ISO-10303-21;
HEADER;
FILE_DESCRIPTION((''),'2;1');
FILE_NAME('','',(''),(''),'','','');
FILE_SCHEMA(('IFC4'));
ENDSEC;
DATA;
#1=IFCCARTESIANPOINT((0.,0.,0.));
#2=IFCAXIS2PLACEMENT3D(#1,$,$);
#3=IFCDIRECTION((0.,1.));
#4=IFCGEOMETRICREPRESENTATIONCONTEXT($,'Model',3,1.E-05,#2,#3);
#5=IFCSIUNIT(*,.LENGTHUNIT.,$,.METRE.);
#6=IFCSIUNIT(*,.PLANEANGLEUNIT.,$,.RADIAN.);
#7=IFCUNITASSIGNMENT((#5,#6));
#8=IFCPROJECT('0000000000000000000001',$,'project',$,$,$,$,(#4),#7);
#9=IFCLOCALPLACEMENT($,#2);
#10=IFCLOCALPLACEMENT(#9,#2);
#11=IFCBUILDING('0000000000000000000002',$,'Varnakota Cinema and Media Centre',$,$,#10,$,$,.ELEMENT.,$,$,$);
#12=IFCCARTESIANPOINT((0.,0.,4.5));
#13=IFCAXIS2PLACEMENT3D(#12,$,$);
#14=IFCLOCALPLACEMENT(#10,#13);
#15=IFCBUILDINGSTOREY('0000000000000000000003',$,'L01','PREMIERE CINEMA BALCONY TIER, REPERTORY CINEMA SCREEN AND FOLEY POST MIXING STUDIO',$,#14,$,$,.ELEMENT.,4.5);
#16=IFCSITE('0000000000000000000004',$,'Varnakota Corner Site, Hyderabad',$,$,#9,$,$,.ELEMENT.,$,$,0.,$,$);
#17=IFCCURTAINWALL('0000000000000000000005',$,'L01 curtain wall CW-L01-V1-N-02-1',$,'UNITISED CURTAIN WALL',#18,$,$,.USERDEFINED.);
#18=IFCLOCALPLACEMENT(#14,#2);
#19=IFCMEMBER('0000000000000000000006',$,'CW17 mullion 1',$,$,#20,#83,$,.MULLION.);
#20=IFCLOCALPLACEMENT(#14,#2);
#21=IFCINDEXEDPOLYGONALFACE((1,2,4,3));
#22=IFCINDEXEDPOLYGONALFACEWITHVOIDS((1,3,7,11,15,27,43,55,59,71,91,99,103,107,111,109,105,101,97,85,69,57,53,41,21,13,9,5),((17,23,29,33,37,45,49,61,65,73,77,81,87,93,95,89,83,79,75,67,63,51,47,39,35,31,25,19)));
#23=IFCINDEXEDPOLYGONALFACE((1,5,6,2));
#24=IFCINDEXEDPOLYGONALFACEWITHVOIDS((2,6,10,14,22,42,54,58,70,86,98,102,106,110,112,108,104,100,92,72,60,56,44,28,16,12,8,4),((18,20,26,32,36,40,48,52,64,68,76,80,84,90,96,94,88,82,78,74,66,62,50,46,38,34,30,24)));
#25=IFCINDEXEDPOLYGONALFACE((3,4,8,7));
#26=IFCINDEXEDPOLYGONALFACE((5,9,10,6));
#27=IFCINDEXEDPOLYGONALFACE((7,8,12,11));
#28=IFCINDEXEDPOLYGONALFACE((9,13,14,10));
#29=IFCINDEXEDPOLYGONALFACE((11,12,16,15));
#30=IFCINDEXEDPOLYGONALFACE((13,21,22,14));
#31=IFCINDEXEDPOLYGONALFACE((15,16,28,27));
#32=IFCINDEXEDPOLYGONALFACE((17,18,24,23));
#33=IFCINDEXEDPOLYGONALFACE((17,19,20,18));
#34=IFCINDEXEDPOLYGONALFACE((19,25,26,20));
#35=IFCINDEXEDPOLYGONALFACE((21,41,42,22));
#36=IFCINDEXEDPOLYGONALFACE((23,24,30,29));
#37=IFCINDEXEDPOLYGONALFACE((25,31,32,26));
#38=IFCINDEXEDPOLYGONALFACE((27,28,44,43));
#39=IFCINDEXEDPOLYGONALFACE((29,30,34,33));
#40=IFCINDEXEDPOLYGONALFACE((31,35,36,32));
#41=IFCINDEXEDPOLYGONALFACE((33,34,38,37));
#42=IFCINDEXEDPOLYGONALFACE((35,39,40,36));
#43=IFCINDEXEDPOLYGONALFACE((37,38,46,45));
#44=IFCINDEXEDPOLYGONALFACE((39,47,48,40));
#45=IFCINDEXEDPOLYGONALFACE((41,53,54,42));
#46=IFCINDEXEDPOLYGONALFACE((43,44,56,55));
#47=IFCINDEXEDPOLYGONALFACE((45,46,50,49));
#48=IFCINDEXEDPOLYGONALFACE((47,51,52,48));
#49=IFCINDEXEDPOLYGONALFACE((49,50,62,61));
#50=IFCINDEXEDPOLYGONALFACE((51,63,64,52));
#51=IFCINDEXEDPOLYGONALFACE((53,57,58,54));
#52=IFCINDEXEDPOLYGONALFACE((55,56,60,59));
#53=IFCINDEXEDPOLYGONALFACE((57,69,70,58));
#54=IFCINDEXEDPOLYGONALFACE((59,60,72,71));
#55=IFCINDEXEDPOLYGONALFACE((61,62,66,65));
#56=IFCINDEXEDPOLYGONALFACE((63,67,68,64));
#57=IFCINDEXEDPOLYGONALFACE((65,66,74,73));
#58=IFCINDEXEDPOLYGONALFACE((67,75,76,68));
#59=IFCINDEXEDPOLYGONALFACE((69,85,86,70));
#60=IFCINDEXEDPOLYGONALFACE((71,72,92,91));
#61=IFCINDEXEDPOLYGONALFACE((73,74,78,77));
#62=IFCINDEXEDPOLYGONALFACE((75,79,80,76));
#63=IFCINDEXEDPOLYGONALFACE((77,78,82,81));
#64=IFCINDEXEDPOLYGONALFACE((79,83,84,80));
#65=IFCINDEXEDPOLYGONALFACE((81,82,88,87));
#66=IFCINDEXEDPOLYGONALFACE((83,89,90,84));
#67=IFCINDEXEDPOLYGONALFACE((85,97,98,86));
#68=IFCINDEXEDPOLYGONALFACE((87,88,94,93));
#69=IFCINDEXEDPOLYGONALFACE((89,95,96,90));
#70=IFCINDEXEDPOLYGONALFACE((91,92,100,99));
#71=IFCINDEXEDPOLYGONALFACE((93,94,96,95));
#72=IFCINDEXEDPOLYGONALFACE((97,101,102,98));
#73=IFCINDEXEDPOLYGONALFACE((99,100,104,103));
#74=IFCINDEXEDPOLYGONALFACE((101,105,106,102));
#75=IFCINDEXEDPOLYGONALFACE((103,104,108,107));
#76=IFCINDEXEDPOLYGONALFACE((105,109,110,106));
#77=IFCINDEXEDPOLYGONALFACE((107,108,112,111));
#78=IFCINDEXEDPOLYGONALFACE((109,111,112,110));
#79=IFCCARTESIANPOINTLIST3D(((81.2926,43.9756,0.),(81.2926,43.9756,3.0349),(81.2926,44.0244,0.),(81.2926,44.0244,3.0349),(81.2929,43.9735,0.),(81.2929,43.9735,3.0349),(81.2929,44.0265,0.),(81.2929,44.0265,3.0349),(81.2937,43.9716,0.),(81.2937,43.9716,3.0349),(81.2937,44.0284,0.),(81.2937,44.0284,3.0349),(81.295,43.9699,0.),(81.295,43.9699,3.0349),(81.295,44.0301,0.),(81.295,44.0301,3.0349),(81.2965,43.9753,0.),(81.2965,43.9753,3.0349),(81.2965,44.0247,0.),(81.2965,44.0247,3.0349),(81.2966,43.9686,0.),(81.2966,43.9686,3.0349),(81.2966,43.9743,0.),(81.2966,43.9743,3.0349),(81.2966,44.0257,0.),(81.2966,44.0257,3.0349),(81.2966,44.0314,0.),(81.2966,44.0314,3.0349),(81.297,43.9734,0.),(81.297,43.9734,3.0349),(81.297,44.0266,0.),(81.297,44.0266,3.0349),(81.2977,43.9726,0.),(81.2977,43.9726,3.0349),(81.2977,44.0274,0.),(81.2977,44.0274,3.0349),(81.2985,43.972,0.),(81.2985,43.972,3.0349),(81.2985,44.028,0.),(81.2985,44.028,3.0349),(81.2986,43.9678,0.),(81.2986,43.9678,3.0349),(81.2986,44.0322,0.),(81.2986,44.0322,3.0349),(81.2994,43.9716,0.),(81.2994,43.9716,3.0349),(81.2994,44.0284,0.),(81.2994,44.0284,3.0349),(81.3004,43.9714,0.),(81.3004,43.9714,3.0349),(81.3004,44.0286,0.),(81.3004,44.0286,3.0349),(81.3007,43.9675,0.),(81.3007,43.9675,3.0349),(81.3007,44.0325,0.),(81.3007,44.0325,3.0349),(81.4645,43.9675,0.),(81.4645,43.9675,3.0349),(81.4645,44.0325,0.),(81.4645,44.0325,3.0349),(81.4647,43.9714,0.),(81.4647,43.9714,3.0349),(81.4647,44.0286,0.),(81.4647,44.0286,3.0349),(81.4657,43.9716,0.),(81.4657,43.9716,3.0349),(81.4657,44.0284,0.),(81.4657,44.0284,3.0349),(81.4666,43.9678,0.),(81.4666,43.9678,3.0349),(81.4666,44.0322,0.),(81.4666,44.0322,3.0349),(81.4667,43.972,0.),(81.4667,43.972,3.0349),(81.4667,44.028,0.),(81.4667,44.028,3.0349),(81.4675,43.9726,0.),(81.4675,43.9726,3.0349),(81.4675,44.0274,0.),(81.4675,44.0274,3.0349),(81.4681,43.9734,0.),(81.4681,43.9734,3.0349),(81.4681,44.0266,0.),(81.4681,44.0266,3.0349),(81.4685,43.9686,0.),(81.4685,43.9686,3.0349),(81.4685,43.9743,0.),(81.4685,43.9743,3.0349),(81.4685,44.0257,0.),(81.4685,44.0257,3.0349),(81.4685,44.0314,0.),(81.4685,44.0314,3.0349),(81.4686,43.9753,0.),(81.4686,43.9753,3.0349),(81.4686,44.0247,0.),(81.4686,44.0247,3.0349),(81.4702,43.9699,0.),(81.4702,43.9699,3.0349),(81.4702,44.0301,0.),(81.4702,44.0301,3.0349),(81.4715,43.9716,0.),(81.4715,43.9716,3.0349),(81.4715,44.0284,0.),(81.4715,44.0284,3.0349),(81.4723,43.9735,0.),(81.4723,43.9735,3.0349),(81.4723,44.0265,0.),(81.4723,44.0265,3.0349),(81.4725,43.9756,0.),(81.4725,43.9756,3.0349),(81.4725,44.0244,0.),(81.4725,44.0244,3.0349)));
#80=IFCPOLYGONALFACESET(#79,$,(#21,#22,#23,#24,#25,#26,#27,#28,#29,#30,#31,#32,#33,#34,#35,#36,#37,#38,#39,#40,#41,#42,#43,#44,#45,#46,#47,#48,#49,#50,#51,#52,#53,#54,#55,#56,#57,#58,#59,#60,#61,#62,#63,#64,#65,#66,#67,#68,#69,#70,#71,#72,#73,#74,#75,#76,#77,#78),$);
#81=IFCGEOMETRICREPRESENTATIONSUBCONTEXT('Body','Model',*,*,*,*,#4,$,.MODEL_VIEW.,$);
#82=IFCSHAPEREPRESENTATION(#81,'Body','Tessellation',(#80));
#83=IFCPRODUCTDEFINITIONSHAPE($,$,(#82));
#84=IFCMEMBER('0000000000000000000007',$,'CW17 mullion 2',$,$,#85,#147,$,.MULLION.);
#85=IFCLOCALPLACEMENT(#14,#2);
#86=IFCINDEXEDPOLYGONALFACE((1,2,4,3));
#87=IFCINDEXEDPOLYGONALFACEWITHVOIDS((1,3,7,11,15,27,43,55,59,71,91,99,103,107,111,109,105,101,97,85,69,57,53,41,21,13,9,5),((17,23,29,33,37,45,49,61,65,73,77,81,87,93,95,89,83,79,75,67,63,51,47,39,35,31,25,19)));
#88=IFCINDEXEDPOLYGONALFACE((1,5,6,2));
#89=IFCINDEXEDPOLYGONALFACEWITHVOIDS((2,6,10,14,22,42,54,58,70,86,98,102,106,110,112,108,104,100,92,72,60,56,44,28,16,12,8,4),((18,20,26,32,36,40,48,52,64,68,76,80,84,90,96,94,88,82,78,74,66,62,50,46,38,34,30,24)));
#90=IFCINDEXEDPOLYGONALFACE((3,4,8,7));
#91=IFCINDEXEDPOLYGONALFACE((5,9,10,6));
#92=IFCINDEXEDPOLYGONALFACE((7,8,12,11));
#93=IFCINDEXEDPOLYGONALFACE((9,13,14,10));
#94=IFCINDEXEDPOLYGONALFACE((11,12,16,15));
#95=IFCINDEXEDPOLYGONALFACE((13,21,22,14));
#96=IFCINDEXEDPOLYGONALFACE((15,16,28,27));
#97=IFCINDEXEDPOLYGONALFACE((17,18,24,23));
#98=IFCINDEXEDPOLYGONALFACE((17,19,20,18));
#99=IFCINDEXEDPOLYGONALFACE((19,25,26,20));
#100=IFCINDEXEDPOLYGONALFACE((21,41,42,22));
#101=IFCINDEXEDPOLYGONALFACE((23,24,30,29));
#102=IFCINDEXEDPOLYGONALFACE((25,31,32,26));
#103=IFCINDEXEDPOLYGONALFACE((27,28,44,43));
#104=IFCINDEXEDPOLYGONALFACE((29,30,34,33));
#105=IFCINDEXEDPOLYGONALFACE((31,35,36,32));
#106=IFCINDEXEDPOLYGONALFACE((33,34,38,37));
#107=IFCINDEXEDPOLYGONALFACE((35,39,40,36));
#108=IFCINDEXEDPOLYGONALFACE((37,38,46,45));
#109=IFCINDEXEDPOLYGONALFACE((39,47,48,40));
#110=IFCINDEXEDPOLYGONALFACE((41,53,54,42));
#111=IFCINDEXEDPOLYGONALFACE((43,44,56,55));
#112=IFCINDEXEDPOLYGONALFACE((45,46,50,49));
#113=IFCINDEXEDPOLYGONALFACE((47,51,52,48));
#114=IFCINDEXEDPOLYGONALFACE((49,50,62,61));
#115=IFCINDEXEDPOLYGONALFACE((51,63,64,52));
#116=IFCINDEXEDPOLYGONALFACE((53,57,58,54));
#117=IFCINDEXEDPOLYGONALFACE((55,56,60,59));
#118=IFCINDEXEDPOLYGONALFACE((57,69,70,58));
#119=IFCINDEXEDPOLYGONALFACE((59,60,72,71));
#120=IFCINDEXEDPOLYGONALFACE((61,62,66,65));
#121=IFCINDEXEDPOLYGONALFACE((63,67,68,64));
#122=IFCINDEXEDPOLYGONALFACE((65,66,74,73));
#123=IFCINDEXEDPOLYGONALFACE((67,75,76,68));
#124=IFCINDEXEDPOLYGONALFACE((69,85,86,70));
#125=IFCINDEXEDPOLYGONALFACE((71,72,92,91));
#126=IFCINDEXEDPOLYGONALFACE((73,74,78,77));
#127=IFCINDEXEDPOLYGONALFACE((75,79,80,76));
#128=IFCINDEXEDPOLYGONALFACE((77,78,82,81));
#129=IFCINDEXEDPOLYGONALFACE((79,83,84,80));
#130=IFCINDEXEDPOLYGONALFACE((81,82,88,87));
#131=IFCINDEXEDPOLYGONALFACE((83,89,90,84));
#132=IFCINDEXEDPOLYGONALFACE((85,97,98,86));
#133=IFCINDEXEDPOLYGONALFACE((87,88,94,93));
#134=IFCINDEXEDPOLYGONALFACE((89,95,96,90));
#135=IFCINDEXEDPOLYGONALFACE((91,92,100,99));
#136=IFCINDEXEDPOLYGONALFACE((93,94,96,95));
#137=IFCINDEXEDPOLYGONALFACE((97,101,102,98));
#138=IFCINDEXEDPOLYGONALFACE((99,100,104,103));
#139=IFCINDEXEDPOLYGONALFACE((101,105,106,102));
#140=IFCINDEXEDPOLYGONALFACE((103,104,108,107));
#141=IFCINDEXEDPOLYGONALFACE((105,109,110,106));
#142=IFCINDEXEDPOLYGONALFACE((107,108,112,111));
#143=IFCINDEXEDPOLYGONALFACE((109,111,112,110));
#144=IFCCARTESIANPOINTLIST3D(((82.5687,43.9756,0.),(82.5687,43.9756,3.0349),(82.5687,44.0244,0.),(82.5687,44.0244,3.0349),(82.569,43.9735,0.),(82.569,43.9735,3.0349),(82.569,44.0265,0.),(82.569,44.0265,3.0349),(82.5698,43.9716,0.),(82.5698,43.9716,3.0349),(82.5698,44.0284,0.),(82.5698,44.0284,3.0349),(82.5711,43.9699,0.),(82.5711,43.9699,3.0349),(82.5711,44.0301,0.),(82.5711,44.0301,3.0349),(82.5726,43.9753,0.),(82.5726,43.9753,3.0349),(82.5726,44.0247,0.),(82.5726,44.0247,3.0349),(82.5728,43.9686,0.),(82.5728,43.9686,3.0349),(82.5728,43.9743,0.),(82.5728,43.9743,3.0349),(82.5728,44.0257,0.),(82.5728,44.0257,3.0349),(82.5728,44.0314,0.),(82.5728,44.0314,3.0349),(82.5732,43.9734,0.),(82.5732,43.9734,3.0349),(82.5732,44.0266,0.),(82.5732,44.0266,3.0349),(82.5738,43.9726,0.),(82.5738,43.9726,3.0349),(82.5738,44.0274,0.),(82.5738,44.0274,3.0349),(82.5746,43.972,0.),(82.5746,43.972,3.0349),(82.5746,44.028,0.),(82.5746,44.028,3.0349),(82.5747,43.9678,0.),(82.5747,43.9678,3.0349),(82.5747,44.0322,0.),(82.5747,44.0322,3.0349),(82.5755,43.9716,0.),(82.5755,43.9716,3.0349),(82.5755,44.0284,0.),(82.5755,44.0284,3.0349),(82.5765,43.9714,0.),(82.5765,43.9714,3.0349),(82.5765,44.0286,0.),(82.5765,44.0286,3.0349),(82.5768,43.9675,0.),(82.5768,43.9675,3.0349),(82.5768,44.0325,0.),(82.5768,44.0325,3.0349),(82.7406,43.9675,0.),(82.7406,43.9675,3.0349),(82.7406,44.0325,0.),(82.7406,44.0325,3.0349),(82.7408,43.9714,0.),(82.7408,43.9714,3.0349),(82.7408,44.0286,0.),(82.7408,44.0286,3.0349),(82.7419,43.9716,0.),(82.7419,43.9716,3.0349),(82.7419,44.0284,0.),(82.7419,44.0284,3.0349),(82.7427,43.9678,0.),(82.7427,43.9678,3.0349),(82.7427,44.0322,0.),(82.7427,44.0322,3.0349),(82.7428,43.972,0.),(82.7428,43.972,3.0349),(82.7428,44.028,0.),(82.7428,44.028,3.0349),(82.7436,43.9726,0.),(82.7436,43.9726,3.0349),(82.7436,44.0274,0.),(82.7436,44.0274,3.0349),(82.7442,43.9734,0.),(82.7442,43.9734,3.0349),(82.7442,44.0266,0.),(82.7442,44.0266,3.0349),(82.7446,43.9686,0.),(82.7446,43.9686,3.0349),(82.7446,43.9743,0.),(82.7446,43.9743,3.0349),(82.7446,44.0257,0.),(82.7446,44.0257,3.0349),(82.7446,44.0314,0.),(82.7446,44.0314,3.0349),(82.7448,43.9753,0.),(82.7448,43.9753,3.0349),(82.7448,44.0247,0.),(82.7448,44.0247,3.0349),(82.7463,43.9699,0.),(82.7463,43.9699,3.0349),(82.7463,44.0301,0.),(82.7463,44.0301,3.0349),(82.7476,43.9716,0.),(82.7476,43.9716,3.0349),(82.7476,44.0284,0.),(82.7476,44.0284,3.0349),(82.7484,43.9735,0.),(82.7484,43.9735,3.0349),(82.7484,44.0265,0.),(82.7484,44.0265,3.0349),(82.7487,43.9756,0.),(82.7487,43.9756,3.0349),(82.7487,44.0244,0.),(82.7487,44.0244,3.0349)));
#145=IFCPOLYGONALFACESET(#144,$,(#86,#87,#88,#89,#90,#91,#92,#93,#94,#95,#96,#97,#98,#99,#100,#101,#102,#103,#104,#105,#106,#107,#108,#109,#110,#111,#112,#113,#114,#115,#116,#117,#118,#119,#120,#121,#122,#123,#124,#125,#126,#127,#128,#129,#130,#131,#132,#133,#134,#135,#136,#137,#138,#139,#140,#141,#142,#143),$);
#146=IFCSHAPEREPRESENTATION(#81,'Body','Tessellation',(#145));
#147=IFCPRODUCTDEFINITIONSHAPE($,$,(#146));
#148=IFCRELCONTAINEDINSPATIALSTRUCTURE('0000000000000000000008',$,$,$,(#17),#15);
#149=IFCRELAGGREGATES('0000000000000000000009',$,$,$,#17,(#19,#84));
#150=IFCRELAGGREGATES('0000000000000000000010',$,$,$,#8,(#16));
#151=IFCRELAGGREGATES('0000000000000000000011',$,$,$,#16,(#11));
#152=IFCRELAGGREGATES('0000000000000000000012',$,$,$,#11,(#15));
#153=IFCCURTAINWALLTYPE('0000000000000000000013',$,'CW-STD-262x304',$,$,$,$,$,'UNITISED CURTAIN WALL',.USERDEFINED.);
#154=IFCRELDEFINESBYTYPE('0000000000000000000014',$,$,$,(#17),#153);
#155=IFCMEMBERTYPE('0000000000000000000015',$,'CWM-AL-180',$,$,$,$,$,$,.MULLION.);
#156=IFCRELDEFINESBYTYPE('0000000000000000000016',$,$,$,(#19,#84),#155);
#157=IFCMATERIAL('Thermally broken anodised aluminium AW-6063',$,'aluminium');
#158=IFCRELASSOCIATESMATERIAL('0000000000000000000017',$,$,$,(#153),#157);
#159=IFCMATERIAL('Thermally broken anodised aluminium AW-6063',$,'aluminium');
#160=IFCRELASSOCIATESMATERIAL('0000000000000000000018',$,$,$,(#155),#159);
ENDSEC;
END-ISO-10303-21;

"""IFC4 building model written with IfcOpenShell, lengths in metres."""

from ifc_helpers import new_model, si_unit, direction, frame, origin, origin_2d, place, context, subcontext, project, spatial, hollow_rectangle, extrude, material, material_profile, profile_set, type_object, element, aggregate, save


model = new_model("IFC4")

# Units and contexts
model_context = context("Model", 3, precision=1e-05, world=origin(), true_north=direction((0.0, 1.0)))
body_context = subcontext(model_context, "Body", "Model", "MODEL_VIEW")
ifc_project = project(units=[si_unit("LENGTHUNIT", "METRE"), si_unit("PLANEANGLEUNIT", "RADIAN")], contexts=[model_context])

# Site, building, storey
site_placement = place(None, origin())
site = spatial("IfcSite", under=ifc_project, at=site_placement, Name="Varnakota Corner Site, Hyderabad", CompositionType="ELEMENT", RefElevation=0.0)
building_placement = place(site_placement, origin())
building = spatial("IfcBuilding", under=site, at=building_placement, Name="Varnakota Cinema and Media Centre", CompositionType="ELEMENT")
storey_placement = place(building_placement, frame((0.0, 0.0, 4.5)))
storey = spatial("IfcBuildingStorey", under=building, at=storey_placement, Name="L01", Description="PREMIERE CINEMA BALCONY TIER, REPERTORY CINEMA SCREEN AND FOLEY POST MIXING STUDIO", CompositionType="ELEMENT", Elevation=4.5)

# Curtain wall, members
ifc_material_1 = material(Name="Thermally broken anodised aluminium AW-6063", Category="aluminium")
curtain_wall_type = type_object("IfcCurtainWallType", Name="CW-STD-262x304", ElementType="UNITISED CURTAIN WALL", PredefinedType="USERDEFINED", material=ifc_material_1)
ifc_material_2 = material(Name="Thermally broken anodised aluminium AW-6063", Category="aluminium")
ifc_material_profile_1 = material_profile(ifc_material_2, hollow_rectangle(XDim=0.0649, YDim=0.1799, WallThickness=0.0039, InnerFilletRadius=0.0039, OuterFilletRadius=0.0081, at=origin_2d()), Name="AL-MULLION 180x65x4")
ifc_profile_set_1 = profile_set([ifc_material_profile_1], Name="Thermally broken anodised aluminium AW-6063")
member_type_1 = type_object("IfcMemberType", Name="CWM-AL-180", PredefinedType="MULLION", material=ifc_profile_set_1)
curtain_wall_1_placement = place(storey_placement, origin())
curtain_wall_1 = element("IfcCurtainWall", 1, at=curtain_wall_1_placement, inside=storey, type_object=curtain_wall_type, Name="L01 curtain wall CW-L01-V1-N-02-1", ObjectType="UNITISED CURTAIN WALL", PredefinedType="USERDEFINED")
member_1_placement = place(storey_placement, frame((81.3826, 44.0, 0.0), z_axis=(0.0, 0.0, 1.0), x_axis=(0.0, 1.0, 0.0)))
member_1 = element("IfcMember", 2, at=member_1_placement, type_object=member_type_1, Name="CW17 mullion 1", PredefinedType="MULLION", context=body_context, shape_type="SweptSolid", body=[
    extrude(hollow_rectangle(XDim=0.0649, YDim=0.1799, WallThickness=0.0039, InnerFilletRadius=0.0039, OuterFilletRadius=0.0081, at=origin_2d()), origin(), (0.0, 0.0, 1.0), 3.0349),
])
member_2_placement = place(storey_placement, frame((82.6587, 44.0, 0.0), z_axis=(0.0, 0.0, 1.0), x_axis=(0.0, 1.0, 0.0)))
member_2 = element("IfcMember", 3, at=member_2_placement, type_object=member_type_1, Name="CW17 mullion 2", PredefinedType="MULLION", context=body_context, shape_type="SweptSolid", body=[
    extrude(hollow_rectangle(XDim=0.0649, YDim=0.1799, WallThickness=0.0039, InnerFilletRadius=0.0039, OuterFilletRadius=0.0081, at=origin_2d()), origin(), (0.0, 0.0, 1.0), 3.0349),
])

aggregate(curtain_wall_1, [member_1, member_2])

save(model, "model.ifc")
